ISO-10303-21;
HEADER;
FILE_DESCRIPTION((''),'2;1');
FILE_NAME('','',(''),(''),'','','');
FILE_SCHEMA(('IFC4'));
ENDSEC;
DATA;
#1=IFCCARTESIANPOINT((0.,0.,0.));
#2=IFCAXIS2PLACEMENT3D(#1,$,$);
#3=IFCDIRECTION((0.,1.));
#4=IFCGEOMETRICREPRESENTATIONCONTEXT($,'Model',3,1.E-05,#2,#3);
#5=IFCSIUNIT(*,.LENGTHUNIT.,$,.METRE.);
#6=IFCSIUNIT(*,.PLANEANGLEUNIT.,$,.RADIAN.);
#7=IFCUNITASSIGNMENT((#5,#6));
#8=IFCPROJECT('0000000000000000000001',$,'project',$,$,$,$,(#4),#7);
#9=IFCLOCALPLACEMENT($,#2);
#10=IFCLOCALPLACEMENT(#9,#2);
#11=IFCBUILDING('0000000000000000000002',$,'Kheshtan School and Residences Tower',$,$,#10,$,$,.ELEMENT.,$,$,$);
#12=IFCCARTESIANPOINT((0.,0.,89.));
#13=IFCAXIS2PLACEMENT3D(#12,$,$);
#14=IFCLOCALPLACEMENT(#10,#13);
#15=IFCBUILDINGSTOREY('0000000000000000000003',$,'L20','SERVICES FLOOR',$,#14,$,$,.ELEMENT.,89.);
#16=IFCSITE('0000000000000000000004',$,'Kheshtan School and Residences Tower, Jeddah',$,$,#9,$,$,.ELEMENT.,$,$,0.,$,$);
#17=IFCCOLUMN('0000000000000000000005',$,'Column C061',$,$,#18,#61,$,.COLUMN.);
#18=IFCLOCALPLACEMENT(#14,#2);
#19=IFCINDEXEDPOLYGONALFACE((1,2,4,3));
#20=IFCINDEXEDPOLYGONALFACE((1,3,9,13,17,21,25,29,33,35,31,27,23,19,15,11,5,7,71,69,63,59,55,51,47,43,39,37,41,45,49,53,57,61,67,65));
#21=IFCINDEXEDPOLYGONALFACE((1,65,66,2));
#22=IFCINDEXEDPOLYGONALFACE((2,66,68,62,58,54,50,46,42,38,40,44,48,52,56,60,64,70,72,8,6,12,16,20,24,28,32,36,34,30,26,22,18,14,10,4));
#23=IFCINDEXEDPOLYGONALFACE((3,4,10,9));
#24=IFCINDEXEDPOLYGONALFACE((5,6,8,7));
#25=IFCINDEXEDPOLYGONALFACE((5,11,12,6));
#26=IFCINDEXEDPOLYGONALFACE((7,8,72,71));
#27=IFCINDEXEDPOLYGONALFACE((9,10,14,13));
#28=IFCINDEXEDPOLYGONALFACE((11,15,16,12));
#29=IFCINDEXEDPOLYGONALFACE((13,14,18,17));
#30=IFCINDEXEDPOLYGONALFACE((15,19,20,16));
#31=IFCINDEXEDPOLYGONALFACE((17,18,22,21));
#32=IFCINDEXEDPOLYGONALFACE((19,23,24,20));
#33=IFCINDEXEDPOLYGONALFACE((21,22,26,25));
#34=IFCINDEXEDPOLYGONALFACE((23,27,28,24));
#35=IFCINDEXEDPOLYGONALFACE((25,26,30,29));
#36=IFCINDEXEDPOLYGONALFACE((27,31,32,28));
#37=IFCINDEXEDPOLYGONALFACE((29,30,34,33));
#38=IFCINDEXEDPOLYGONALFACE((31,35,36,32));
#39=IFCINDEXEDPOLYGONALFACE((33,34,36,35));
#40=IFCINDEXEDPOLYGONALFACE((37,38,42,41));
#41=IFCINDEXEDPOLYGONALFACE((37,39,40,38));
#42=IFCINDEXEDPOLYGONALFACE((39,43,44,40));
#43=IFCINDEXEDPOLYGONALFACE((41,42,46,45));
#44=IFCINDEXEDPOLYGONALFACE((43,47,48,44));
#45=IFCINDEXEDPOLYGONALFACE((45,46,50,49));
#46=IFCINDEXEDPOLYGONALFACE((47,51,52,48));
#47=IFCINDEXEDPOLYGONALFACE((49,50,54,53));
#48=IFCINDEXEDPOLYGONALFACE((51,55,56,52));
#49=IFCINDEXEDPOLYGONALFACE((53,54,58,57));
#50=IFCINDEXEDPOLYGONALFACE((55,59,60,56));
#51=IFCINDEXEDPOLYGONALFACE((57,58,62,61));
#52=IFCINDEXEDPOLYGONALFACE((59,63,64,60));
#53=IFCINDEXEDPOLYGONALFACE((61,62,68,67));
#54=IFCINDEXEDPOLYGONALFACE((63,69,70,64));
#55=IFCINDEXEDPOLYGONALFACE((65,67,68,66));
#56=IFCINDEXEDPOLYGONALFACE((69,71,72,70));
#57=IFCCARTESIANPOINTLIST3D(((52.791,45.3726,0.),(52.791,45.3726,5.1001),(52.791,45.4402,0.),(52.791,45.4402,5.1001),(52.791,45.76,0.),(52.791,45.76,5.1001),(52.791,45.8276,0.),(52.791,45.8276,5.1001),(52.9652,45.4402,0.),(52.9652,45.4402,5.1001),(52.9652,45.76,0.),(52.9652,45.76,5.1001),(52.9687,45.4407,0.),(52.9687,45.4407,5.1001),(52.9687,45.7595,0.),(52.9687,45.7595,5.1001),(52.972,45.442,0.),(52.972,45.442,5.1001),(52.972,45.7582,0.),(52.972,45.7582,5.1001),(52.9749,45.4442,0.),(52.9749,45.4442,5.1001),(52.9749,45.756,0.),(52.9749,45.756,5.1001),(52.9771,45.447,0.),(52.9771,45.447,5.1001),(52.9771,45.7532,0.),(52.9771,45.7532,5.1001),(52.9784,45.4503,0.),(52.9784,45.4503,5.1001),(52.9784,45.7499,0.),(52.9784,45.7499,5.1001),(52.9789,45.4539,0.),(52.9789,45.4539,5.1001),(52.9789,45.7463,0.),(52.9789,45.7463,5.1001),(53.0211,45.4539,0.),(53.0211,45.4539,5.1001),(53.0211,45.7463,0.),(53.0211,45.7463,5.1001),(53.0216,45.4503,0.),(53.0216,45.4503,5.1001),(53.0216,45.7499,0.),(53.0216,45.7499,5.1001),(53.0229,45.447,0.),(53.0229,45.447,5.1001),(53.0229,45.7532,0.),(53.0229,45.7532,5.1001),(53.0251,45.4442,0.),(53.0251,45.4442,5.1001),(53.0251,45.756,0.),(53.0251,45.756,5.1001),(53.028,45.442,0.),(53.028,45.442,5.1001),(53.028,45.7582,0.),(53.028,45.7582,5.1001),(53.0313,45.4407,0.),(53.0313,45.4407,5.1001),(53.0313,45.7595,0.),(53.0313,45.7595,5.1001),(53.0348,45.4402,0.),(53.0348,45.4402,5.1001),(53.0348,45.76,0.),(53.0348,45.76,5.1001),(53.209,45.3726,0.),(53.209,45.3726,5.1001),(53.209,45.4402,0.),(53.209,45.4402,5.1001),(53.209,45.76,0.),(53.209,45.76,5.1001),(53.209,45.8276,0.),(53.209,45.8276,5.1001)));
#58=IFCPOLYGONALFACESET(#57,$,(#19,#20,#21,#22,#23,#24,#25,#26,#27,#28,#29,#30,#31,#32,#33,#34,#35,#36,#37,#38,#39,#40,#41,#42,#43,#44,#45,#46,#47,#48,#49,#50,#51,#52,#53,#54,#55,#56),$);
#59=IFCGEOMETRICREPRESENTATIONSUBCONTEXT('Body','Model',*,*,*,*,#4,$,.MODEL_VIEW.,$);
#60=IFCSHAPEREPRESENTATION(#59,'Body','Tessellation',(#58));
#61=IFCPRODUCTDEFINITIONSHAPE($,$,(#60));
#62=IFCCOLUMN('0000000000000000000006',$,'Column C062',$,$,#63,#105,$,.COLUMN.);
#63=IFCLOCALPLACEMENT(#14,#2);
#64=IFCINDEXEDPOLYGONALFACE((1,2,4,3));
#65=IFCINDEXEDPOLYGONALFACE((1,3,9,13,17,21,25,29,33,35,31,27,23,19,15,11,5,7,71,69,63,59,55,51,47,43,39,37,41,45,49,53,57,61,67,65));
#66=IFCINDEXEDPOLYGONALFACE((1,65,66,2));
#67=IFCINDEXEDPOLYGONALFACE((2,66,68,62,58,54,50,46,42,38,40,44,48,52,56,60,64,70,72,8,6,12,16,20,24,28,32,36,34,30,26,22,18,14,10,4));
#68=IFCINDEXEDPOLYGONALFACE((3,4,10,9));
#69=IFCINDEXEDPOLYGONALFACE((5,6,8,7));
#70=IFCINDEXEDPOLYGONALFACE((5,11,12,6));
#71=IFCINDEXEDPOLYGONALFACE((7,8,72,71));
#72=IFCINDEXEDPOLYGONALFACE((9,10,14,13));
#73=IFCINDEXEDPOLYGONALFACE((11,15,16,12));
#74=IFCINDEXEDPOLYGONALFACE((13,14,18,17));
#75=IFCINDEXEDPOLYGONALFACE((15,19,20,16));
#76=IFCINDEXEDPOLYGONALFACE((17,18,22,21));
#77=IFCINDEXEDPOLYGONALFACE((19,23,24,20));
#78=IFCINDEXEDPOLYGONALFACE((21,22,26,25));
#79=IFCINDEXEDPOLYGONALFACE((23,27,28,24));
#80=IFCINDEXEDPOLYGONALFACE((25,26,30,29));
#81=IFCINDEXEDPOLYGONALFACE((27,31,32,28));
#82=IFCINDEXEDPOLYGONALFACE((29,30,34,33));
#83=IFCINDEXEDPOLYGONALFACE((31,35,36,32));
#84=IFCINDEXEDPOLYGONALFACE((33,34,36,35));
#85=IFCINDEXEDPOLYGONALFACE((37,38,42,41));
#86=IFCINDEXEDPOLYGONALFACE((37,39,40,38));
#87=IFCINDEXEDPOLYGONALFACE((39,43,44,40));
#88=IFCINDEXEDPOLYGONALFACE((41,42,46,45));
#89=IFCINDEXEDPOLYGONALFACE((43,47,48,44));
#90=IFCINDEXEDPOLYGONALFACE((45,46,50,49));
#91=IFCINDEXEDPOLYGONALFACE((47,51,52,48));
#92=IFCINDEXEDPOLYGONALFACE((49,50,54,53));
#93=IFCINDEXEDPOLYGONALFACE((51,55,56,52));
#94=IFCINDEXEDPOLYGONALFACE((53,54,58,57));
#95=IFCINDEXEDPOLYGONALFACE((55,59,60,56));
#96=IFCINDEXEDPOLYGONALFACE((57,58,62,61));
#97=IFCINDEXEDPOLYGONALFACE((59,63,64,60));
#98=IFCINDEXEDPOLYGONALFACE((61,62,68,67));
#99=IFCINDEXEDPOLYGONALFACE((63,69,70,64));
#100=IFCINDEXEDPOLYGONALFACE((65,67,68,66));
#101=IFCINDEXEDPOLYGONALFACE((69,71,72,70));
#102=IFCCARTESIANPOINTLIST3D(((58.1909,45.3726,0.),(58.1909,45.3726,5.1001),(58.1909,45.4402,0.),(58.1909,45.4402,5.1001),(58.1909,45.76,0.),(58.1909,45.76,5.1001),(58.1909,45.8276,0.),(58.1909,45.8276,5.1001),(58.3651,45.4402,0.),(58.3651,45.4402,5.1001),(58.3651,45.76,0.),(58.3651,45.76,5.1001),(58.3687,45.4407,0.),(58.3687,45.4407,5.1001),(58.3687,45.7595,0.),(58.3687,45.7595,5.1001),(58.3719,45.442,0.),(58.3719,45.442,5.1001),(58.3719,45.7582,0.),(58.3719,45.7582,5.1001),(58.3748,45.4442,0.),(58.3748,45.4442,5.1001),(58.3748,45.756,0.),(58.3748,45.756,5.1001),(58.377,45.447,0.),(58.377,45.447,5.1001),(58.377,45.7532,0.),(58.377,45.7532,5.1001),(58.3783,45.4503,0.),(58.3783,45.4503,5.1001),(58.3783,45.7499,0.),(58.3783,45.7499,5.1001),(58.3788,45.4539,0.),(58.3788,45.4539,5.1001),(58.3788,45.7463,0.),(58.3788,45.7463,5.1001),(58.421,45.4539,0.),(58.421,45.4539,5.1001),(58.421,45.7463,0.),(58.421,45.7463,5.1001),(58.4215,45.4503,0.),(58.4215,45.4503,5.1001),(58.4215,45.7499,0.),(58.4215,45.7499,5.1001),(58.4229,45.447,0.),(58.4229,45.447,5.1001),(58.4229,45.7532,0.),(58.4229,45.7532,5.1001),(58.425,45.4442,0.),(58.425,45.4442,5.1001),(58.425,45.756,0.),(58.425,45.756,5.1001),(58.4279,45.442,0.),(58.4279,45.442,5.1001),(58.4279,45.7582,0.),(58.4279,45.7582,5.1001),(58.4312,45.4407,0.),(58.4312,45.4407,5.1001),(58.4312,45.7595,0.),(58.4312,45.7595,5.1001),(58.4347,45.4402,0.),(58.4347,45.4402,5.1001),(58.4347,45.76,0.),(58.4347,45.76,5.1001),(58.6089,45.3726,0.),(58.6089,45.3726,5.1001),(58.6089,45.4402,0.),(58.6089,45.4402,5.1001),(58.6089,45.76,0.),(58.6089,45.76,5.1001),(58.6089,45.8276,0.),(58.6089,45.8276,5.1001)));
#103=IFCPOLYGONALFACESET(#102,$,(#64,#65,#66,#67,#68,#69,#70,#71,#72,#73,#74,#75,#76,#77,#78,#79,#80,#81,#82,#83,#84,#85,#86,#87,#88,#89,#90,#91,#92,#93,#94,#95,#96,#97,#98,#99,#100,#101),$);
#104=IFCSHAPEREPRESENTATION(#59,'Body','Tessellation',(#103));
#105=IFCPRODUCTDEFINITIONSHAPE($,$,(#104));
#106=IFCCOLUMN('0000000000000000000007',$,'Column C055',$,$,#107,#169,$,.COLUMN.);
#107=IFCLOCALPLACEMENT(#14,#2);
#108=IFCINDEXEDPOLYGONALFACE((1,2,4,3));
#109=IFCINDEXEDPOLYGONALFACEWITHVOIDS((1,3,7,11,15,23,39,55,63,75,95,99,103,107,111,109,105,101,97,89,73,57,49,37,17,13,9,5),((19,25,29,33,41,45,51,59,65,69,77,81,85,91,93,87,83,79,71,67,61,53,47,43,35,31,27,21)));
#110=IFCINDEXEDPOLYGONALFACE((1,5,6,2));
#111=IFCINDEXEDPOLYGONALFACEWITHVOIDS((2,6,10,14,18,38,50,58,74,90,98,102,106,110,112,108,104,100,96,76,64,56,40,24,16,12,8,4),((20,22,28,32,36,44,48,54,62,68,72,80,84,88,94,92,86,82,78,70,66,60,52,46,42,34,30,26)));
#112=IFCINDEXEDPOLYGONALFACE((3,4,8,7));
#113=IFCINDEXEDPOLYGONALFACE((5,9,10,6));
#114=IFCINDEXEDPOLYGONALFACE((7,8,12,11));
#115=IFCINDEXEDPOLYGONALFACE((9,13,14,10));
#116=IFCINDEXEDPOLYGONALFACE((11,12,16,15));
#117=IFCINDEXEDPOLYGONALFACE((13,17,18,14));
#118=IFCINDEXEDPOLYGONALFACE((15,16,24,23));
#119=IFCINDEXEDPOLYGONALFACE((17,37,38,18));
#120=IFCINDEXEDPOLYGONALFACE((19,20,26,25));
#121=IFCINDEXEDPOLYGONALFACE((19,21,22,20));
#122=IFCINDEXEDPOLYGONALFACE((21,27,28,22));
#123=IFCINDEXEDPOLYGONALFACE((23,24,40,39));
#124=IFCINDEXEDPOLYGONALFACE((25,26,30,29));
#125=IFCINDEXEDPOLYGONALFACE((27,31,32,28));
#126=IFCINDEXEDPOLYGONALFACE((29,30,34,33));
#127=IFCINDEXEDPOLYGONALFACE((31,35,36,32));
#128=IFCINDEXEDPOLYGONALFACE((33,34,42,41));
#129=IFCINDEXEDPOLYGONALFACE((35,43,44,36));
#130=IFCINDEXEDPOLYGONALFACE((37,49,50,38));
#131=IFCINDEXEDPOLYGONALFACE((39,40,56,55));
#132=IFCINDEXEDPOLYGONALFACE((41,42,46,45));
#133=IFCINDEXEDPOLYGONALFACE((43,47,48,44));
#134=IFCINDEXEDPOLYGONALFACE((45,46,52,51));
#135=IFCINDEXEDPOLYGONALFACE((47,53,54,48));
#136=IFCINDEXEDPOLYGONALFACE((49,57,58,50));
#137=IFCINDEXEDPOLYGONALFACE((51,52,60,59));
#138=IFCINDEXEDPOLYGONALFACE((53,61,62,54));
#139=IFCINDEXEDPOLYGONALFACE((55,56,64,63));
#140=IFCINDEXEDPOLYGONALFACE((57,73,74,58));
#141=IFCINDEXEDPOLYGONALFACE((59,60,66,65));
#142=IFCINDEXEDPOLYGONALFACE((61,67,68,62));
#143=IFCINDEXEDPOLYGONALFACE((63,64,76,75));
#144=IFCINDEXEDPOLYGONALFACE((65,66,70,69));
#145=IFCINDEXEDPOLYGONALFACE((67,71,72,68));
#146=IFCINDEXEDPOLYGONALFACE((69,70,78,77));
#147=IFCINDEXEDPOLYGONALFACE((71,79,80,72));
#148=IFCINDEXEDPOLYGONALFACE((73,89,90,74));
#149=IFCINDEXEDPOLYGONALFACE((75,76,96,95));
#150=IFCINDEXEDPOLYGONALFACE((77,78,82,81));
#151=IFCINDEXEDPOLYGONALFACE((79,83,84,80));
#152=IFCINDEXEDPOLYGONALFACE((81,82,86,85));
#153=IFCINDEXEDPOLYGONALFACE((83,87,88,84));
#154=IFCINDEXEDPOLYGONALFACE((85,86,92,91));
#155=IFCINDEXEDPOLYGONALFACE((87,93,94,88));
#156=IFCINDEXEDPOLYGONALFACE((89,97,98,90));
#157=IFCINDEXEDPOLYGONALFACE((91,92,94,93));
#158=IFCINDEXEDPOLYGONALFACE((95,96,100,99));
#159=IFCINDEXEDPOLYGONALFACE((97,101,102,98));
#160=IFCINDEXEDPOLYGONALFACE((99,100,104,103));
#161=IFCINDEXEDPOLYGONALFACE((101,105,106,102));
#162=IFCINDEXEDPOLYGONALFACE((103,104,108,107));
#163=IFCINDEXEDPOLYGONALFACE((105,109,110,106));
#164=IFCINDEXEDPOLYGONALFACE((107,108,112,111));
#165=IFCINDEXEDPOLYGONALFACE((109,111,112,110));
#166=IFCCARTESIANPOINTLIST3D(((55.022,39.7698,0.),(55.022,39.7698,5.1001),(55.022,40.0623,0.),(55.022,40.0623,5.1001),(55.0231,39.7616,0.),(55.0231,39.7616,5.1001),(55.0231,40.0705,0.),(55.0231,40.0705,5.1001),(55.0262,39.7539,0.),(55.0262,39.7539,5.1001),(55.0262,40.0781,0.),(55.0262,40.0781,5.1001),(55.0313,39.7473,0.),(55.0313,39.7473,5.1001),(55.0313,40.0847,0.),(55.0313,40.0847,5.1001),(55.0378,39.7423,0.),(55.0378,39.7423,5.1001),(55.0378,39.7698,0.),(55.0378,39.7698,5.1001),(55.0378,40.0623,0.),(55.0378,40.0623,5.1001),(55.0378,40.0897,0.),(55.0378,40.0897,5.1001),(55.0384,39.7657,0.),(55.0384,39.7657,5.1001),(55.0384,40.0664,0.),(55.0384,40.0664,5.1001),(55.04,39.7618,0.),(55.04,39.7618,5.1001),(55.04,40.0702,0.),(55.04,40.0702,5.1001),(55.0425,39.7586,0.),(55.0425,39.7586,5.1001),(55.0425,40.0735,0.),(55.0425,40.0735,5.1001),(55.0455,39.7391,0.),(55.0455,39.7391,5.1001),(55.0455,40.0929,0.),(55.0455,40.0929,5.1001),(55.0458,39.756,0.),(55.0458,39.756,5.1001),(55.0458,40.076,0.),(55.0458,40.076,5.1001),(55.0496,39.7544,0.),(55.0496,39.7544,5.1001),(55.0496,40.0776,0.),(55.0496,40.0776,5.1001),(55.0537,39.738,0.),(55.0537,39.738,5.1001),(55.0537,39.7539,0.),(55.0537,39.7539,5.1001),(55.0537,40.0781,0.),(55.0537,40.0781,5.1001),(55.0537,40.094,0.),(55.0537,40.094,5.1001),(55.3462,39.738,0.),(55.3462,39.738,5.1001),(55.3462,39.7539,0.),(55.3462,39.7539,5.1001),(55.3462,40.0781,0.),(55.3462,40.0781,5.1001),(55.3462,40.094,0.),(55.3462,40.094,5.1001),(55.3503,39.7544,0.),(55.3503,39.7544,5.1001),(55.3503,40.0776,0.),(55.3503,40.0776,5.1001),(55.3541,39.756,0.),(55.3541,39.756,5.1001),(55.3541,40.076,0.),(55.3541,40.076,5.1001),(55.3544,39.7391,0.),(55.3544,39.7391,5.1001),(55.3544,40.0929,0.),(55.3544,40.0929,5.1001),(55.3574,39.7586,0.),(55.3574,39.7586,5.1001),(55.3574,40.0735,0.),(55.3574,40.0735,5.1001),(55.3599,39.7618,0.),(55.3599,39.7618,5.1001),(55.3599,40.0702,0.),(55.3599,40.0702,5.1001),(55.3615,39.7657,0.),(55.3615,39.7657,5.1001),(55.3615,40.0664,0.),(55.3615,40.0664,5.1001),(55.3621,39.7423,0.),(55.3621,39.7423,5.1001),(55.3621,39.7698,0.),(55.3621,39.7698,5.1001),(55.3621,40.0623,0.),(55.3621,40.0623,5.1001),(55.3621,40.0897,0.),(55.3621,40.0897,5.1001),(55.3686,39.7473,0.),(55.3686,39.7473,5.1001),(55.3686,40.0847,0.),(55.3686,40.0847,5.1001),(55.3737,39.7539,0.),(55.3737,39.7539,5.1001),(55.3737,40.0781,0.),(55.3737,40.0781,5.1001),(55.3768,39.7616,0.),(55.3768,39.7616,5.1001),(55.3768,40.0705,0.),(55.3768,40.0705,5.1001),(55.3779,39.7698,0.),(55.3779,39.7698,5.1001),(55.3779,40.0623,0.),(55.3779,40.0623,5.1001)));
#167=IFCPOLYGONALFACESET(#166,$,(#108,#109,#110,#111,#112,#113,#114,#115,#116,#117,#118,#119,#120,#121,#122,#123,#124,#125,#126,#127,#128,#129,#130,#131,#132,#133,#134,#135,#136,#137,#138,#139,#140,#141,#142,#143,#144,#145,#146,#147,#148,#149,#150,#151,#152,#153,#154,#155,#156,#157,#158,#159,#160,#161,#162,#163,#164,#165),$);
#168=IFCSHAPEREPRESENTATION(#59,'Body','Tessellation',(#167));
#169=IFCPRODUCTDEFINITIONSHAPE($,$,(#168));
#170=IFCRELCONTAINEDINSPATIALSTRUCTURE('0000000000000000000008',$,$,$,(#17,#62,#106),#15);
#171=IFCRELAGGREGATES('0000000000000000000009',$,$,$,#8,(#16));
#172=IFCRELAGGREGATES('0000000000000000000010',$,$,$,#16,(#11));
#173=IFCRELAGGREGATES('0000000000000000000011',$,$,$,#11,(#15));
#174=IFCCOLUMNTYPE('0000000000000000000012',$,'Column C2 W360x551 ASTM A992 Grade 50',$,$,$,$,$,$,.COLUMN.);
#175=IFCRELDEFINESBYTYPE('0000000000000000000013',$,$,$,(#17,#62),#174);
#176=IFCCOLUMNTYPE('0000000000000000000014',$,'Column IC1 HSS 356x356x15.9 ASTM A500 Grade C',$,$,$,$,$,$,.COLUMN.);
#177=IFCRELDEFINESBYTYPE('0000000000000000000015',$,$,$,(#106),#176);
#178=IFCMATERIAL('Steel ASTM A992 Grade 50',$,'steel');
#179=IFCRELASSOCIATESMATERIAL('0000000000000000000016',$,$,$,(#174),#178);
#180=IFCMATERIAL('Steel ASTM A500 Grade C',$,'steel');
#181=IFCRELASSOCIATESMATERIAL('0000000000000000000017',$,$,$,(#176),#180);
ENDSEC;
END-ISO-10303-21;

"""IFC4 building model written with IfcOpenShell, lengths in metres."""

from ifc_helpers import new_model, si_unit, direction, frame, origin, origin_2d, place, context, subcontext, project, spatial, hollow_rectangle, i_section, extrude, material, material_profile, profile_set, type_object, element, save


model = new_model("IFC4")

# Units and contexts
model_context = context("Model", 3, precision=1e-05, world=origin(), true_north=direction((0.0, 1.0)))
body_context = subcontext(model_context, "Body", "Model", "MODEL_VIEW")
ifc_project = project(units=[si_unit("LENGTHUNIT", "METRE"), si_unit("PLANEANGLEUNIT", "RADIAN")], contexts=[model_context])

# Site, building, storey
site_placement = place(None, origin())
site = spatial("IfcSite", under=ifc_project, at=site_placement, Name="Kheshtan School and Residences Tower, Jeddah", CompositionType="ELEMENT", RefElevation=0.0)
building_placement = place(site_placement, origin())
building = spatial("IfcBuilding", under=site, at=building_placement, Name="Kheshtan School and Residences Tower", CompositionType="ELEMENT")
storey_placement = place(building_placement, frame((0.0, 0.0, 89.0)))
storey = spatial("IfcBuildingStorey", under=building, at=storey_placement, Name="L20", Description="SERVICES FLOOR", CompositionType="ELEMENT", Elevation=89.0)

# Columns
ifc_material_1 = material(Name="Steel ASTM A992 Grade 50", Category="steel")
ifc_material_profile_1 = material_profile(ifc_material_1, i_section(OverallWidth=0.418, OverallDepth=0.4551, WebThickness=0.0422, FlangeThickness=0.0676, FilletRadius=0.0137, at=origin_2d()), Name="W360x551")
ifc_profile_set_1 = profile_set([ifc_material_profile_1], Name="Steel ASTM A992 Grade 50")
column_type_1 = type_object("IfcColumnType", Name="Column C2 W360x551 ASTM A992 Grade 50", PredefinedType="COLUMN", material=ifc_profile_set_1)
for number, where, z_axis, x_axis, name in (
    (1, (53.0, 45.6001, 0.0), (0.0, 0.0, 1.0), (1.0, 0.0, 0.0), "Column C061"),
    (2, (58.3999, 45.6001, 0.0), (0.0, 0.0, 1.0), (1.0, 0.0, 0.0), "Column C062"),
):
    element("IfcColumn", number, at=place(storey_placement, frame(where, z_axis=z_axis, x_axis=x_axis)), inside=storey, type_object=column_type_1, Name=name, PredefinedType="COLUMN", context=body_context, shape_type="SweptSolid", body=[
        extrude(i_section(OverallWidth=0.418, OverallDepth=0.4551, WebThickness=0.0422, FlangeThickness=0.0676, FilletRadius=0.0137, at=origin_2d()), origin(), (0.0, 0.0, 1.0), 5.1001),
    ])
ifc_material_2 = material(Name="Steel ASTM A500 Grade C", Category="steel")
ifc_material_profile_2 = material_profile(ifc_material_2, hollow_rectangle(XDim=0.356, YDim=0.356, WallThickness=0.0159, InnerFilletRadius=0.0159, OuterFilletRadius=0.0317, at=origin_2d()), Name="HSS 356x356x15.9")
ifc_profile_set_2 = profile_set([ifc_material_profile_2], Name="Steel ASTM A500 Grade C")
column_type_2 = type_object("IfcColumnType", Name="Column IC1 HSS 356x356x15.9 ASTM A500 Grade C", PredefinedType="COLUMN", material=ifc_profile_set_2)
column_placement = place(storey_placement, frame((55.2, 39.916, 0.0), z_axis=(0.0, 0.0, 1.0), x_axis=(1.0, 0.0, 0.0)))
element("IfcColumn", 3, at=column_placement, inside=storey, type_object=column_type_2, Name="Column C055", PredefinedType="COLUMN", context=body_context, shape_type="SweptSolid", body=[
    extrude(hollow_rectangle(XDim=0.356, YDim=0.356, WallThickness=0.0159, InnerFilletRadius=0.0159, OuterFilletRadius=0.0317, at=origin_2d()), origin(), (0.0, 0.0, 1.0), 5.1001),
])

save(model, "model.ifc")
